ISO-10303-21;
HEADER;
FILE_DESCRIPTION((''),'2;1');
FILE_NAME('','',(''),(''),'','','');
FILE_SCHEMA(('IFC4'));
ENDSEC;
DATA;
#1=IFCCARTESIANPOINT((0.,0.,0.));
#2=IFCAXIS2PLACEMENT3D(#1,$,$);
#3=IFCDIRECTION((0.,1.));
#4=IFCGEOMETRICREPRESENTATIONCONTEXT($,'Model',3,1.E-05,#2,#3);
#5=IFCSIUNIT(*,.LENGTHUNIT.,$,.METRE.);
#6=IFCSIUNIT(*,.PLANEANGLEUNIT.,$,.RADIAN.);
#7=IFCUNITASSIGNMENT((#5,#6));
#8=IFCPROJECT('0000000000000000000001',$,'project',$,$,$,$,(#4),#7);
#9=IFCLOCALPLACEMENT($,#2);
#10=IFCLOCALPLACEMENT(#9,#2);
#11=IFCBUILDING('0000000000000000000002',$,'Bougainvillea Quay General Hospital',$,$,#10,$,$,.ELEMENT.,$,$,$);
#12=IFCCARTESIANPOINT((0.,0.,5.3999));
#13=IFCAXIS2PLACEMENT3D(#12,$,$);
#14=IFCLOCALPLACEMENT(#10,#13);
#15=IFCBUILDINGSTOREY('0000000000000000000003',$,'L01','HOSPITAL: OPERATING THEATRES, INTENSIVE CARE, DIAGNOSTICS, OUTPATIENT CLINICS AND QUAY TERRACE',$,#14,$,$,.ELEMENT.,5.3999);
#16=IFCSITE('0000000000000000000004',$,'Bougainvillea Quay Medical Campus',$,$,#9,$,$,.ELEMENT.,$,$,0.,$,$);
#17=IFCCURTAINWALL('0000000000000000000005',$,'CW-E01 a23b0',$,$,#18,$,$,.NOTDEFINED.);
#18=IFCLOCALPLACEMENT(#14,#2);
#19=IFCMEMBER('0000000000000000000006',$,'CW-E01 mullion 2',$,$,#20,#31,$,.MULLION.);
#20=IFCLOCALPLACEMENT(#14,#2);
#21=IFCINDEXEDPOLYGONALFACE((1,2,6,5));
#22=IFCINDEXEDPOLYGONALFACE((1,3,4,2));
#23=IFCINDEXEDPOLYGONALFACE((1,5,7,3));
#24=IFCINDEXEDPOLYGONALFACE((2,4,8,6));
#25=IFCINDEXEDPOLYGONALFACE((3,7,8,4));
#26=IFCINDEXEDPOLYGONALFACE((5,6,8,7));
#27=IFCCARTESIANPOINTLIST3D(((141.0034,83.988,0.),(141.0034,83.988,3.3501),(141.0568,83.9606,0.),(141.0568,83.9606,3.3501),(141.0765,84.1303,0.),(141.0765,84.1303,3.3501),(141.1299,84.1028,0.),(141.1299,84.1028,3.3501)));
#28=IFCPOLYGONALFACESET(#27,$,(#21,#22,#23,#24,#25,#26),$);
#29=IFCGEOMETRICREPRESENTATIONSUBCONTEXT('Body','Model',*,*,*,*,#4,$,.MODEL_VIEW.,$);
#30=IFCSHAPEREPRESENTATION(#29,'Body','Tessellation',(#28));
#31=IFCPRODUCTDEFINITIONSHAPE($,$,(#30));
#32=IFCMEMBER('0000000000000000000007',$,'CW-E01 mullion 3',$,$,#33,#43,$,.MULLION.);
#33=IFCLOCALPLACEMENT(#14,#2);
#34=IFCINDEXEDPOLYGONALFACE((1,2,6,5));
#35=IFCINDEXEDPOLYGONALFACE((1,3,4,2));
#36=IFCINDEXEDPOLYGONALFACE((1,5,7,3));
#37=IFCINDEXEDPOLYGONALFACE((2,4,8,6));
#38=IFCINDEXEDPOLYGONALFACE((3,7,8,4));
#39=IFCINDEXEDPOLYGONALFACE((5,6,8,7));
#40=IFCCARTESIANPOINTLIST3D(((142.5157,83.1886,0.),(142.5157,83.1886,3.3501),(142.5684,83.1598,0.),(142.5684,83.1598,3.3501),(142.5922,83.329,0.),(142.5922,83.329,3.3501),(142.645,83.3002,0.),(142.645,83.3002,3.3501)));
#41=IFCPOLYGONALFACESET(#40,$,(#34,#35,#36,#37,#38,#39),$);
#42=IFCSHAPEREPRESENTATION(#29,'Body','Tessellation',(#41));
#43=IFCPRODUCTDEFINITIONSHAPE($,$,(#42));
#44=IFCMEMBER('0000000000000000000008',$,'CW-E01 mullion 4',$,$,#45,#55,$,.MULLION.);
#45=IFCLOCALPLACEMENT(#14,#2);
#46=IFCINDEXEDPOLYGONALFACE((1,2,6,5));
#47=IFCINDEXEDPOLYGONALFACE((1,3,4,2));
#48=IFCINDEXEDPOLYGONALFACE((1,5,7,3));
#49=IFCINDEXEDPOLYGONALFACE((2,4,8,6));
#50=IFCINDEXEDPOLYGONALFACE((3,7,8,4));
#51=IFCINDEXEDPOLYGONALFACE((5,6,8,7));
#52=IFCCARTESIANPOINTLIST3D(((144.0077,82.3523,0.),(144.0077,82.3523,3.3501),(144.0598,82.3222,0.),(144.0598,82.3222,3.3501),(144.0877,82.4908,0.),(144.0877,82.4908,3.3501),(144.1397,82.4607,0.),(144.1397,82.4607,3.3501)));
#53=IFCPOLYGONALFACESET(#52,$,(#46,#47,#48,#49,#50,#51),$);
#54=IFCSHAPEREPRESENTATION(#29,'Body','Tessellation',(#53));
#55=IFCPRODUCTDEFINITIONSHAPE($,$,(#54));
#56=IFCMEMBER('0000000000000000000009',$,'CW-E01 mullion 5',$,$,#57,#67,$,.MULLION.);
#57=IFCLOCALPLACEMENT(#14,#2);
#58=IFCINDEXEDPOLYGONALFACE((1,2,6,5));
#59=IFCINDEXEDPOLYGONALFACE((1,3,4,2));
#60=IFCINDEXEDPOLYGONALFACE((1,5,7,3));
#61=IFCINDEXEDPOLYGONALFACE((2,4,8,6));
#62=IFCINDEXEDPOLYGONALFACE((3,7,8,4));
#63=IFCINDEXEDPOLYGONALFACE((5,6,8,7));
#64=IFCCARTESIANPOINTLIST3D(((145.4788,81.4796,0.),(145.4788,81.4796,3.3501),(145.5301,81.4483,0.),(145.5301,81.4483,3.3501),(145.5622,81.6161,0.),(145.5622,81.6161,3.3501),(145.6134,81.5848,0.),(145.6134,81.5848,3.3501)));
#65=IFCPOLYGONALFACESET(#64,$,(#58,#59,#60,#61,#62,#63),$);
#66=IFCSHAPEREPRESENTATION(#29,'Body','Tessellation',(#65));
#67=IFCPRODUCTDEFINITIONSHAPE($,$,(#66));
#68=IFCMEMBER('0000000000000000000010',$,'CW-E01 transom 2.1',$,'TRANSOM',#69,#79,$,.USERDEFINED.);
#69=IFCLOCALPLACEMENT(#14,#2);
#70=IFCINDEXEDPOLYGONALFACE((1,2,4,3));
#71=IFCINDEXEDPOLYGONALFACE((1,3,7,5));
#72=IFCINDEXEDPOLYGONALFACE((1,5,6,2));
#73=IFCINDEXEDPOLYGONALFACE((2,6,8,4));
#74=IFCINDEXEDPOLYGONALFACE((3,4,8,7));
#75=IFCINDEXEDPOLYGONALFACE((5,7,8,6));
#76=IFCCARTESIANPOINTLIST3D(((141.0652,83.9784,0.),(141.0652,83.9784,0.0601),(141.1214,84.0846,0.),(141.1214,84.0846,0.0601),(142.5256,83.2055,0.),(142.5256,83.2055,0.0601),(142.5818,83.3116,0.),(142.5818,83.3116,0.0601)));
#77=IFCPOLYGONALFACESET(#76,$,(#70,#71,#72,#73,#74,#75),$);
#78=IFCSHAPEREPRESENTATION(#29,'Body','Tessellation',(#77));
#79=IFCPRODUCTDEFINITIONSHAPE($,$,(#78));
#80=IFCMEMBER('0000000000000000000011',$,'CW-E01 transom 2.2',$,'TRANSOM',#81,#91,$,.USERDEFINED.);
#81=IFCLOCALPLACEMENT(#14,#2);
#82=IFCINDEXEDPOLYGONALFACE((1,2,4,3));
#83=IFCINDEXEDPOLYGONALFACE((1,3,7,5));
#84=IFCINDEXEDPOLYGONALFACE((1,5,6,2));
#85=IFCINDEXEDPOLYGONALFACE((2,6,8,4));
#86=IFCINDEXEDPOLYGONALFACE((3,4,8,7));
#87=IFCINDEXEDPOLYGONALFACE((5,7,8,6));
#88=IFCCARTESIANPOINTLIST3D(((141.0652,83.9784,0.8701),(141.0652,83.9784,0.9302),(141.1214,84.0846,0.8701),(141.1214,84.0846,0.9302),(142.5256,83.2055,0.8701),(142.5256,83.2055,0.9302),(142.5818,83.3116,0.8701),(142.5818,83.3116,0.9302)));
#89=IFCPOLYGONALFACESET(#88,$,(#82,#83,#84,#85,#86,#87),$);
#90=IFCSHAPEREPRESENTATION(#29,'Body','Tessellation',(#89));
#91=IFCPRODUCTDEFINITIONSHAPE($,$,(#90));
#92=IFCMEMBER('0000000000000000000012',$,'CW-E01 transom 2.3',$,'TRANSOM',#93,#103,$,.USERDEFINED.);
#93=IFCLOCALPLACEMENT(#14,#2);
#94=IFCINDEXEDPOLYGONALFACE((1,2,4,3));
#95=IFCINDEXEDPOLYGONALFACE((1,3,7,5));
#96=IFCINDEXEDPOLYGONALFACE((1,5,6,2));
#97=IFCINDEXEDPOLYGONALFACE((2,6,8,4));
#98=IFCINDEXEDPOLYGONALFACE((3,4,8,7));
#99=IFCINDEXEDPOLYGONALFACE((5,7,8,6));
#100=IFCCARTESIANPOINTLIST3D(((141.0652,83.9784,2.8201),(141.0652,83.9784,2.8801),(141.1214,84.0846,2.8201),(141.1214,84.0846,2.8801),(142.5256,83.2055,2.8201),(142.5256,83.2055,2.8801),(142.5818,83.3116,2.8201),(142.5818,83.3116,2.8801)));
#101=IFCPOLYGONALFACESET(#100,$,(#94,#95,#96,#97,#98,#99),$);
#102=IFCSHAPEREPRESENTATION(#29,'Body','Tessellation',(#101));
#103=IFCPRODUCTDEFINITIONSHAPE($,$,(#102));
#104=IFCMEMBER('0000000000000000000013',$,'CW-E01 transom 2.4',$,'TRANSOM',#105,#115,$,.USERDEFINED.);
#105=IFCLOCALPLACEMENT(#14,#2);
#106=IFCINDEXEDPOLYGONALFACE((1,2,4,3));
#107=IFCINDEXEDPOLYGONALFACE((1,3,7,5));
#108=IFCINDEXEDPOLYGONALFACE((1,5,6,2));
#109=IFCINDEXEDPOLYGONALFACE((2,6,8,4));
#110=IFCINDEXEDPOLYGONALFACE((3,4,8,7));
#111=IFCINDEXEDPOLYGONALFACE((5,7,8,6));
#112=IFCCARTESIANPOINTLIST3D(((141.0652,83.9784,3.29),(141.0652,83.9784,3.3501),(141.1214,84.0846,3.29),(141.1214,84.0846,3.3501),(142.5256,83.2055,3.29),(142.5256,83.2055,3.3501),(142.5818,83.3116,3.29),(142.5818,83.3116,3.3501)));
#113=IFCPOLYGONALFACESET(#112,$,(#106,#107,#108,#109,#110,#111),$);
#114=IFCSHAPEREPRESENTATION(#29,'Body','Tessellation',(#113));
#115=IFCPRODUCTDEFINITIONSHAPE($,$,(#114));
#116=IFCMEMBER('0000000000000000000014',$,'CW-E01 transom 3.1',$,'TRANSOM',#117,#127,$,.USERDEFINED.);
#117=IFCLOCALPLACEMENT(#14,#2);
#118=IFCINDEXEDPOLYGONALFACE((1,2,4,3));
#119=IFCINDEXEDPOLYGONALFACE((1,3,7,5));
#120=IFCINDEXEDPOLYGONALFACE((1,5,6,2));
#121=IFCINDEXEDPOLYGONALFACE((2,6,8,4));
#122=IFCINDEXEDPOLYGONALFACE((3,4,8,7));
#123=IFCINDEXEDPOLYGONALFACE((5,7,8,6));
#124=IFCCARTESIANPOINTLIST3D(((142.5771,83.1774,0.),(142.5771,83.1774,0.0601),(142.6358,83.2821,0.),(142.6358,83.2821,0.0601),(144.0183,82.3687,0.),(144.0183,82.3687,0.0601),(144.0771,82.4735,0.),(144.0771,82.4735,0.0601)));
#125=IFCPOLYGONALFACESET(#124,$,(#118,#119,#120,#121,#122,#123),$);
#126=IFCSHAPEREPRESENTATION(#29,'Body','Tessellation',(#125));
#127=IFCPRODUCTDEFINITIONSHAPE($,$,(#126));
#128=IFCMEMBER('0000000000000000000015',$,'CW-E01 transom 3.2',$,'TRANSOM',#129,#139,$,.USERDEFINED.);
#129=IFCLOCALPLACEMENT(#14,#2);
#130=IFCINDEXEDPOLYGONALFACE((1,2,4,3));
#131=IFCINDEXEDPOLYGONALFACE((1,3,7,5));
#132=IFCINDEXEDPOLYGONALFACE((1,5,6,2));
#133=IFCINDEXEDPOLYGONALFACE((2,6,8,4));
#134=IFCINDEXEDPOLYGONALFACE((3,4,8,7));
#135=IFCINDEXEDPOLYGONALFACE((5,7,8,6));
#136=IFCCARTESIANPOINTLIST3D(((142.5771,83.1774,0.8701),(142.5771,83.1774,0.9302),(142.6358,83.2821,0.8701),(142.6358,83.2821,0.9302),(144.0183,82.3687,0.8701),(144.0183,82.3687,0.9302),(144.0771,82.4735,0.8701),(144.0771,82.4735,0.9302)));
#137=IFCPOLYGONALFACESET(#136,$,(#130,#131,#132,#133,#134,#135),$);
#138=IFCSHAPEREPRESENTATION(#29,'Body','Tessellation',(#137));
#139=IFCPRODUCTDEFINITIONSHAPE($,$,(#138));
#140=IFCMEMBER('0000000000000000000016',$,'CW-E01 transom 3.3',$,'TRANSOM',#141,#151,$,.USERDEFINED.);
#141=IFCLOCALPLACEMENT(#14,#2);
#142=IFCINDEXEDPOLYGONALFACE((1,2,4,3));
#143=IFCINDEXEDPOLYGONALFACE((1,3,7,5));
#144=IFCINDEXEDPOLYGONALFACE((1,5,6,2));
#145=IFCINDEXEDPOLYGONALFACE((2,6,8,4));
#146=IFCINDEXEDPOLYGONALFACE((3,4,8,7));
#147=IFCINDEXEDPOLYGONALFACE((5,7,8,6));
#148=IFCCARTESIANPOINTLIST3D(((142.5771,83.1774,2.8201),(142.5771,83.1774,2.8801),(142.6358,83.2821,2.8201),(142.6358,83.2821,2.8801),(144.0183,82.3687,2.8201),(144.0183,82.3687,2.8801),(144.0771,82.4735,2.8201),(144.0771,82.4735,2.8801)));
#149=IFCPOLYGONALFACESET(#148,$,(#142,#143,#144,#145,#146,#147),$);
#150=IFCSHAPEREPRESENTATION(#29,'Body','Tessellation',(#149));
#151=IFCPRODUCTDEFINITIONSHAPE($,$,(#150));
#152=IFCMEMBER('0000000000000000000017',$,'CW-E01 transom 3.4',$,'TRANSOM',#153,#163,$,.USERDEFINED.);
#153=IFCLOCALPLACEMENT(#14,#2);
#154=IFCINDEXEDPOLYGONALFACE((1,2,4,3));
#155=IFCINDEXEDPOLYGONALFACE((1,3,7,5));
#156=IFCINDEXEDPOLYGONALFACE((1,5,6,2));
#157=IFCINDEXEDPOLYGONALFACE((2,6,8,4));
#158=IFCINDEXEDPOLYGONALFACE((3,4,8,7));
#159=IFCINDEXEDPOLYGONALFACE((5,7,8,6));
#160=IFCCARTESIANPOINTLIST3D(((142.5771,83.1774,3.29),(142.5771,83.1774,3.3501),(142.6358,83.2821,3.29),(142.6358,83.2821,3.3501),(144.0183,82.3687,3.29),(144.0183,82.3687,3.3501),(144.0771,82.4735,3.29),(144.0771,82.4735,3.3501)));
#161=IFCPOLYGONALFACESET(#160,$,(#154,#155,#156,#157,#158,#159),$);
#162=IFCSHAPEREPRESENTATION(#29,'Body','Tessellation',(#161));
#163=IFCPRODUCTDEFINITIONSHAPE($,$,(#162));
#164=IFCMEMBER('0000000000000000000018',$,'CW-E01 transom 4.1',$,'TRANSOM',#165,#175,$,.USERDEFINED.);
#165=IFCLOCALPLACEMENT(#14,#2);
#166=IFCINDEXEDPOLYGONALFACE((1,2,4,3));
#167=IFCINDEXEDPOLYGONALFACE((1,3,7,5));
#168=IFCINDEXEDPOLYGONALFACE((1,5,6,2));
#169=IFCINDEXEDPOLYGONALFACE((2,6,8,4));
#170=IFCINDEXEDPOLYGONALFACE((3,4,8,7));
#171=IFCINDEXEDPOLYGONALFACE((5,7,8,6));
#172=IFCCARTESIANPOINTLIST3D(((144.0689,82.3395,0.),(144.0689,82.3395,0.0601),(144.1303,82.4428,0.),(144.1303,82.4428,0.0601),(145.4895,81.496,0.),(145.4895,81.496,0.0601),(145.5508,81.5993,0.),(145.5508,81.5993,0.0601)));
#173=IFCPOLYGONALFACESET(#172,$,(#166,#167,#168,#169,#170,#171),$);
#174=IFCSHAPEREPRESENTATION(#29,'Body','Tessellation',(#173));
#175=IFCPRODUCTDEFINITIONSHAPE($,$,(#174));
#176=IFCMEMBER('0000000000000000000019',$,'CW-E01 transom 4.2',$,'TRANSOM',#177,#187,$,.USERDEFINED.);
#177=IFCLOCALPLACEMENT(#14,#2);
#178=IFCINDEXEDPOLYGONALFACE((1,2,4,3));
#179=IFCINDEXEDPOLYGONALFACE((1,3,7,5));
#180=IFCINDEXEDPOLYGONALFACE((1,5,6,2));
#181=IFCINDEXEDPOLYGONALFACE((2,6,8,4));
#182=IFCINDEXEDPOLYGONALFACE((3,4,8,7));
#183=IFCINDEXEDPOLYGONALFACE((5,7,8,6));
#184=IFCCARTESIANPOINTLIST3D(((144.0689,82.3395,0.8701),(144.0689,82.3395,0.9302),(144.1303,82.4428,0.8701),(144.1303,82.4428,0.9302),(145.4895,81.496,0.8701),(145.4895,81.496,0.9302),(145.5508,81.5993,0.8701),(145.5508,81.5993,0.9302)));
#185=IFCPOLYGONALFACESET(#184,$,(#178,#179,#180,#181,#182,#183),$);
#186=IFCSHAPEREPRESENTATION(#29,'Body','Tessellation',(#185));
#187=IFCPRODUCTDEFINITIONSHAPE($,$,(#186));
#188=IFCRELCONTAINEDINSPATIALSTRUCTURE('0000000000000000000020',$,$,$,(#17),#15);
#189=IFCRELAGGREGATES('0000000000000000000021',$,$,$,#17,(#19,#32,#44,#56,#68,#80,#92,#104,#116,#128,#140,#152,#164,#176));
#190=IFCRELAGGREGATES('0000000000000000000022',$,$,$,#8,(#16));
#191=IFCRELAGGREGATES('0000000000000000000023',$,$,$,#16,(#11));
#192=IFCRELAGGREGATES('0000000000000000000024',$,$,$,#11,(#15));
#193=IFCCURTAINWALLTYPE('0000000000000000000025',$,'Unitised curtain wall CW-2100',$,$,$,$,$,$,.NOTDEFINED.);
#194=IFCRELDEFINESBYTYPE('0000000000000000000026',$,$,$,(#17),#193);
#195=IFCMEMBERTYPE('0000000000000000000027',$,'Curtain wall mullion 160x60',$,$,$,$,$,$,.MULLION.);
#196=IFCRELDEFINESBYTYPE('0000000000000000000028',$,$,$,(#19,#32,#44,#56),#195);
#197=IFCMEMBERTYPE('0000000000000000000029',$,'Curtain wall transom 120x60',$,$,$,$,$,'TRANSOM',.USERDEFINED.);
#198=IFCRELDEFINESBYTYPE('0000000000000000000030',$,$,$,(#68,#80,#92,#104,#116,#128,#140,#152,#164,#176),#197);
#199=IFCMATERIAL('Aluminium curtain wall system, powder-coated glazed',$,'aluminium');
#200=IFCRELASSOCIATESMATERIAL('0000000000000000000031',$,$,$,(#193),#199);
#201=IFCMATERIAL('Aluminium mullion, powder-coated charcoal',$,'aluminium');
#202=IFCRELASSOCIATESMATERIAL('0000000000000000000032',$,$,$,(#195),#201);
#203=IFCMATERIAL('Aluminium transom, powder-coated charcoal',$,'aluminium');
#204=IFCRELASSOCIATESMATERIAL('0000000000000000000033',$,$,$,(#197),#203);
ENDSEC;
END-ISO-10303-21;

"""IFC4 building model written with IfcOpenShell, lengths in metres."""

from ifc_helpers import new_model, si_unit, direction, frame, origin, origin_2d, place, context, subcontext, project, spatial, rectangle, extrude, material, material_profile, profile_set, type_object, element, aggregate, save


model = new_model("IFC4")

# Units and contexts
model_context = context("Model", 3, precision=1e-05, world=origin(), true_north=direction((0.0, 1.0)))
body_context = subcontext(model_context, "Body", "Model", "MODEL_VIEW")
ifc_project = project(units=[si_unit("LENGTHUNIT", "METRE"), si_unit("PLANEANGLEUNIT", "RADIAN")], contexts=[model_context])

# Site, building, storey
site_placement = place(None, origin())
site = spatial("IfcSite", under=ifc_project, at=site_placement, Name="Bougainvillea Quay Medical Campus", CompositionType="ELEMENT", RefElevation=0.0)
building_placement = place(site_placement, origin())
building = spatial("IfcBuilding", under=site, at=building_placement, Name="Bougainvillea Quay General Hospital", CompositionType="ELEMENT")
storey_placement = place(building_placement, frame((0.0, 0.0, 5.3999)))
storey = spatial("IfcBuildingStorey", under=building, at=storey_placement, Name="L01", Description="HOSPITAL: OPERATING THEATRES, INTENSIVE CARE, DIAGNOSTICS, OUTPATIENT CLINICS AND QUAY TERRACE", CompositionType="ELEMENT", Elevation=5.3999)

# Curtain wall, members
ifc_material_1 = material(Name="Aluminium curtain wall system, powder-coated glazed", Category="aluminium")
curtain_wall_type = type_object("IfcCurtainWallType", Name="Unitised curtain wall CW-2100", PredefinedType="NOTDEFINED", material=ifc_material_1)
curtain_wall_placement = place(storey_placement, origin())
curtain_wall = element("IfcCurtainWall", 1, at=curtain_wall_placement, inside=storey, type_object=curtain_wall_type, Name="CW-E01 a23b0", PredefinedType="NOTDEFINED")
ifc_material_2 = material(Name="Aluminium mullion, powder-coated charcoal", Category="aluminium")
ifc_material_profile_1 = material_profile(ifc_material_2, rectangle(XDim=0.1599, YDim=0.0601, at=origin_2d()))
ifc_profile_set_1 = profile_set([ifc_material_profile_1], Name="Aluminium mullion, powder-coated charcoal")
member_type_1 = type_object("IfcMemberType", Name="Curtain wall mullion 160x60", PredefinedType="MULLION", material=ifc_profile_set_1)
member_1_placement = place(storey_placement, frame((141.0667, 84.0454, 0.0), z_axis=(0.0, 0.0, 1.0), x_axis=(0.456868, 0.889535, 0.0)))
member_1 = element("IfcMember", 2, at=member_1_placement, type_object=member_type_1, Name="CW-E01 mullion 2", PredefinedType="MULLION", context=body_context, shape_type="SweptSolid", body=[
    extrude(rectangle(XDim=0.1599, YDim=0.0601, at=origin_2d()), origin(), (0.0, 0.0, 1.0), 3.3501),
])
member_2_placement = place(storey_placement, frame((142.5803, 83.2444, 0.0), z_axis=(0.0, 0.0, 1.0), x_axis=(0.478567, 0.878051, 0.0)))
member_2 = element("IfcMember", 3, at=member_2_placement, type_object=member_type_1, Name="CW-E01 mullion 3", PredefinedType="MULLION", context=body_context, shape_type="SweptSolid", body=[
    extrude(rectangle(XDim=0.1599, YDim=0.0601, at=origin_2d()), origin(), (0.0, 0.0, 1.0), 3.3501),
])
member_3_placement = place(storey_placement, frame((144.0737, 82.4065, 0.0), z_axis=(0.0, 0.0, 1.0), x_axis=(0.499979, 0.866038, 0.0)))
member_3 = element("IfcMember", 4, at=member_3_placement, type_object=member_type_1, Name="CW-E01 mullion 4", PredefinedType="MULLION", context=body_context, shape_type="SweptSolid", body=[
    extrude(rectangle(XDim=0.1599, YDim=0.0601, at=origin_2d()), origin(), (0.0, 0.0, 1.0), 3.3501),
])
member_4_placement = place(storey_placement, frame((145.5461, 81.5322, 0.0), z_axis=(0.0, 0.0, 1.0), x_axis=(0.521088, 0.853503, 0.0)))
member_4 = element("IfcMember", 5, at=member_4_placement, type_object=member_type_1, Name="CW-E01 mullion 5", PredefinedType="MULLION", context=body_context, shape_type="SweptSolid", body=[
    extrude(rectangle(XDim=0.1599, YDim=0.0601, at=origin_2d()), origin(), (0.0, 0.0, 1.0), 3.3501),
])
ifc_material_3 = material(Name="Aluminium transom, powder-coated charcoal", Category="aluminium")
ifc_material_profile_2 = material_profile(ifc_material_3, rectangle(XDim=0.1201, YDim=0.0601, at=origin_2d()))
ifc_profile_set_2 = profile_set([ifc_material_profile_2], Name="Aluminium transom, powder-coated charcoal")
member_type_2 = type_object("IfcMemberType", Name="Curtain wall transom 120x60", ElementType="TRANSOM", PredefinedType="USERDEFINED", material=ifc_profile_set_2)
member_5_placement = place(storey_placement, frame((141.0933, 84.0315, 0.03), z_axis=(0.883845, -0.467779, 0.0), x_axis=(0.467779, 0.883845, 0.0)))
member_5 = element("IfcMember", 6, at=member_5_placement, type_object=member_type_2, Name="CW-E01 transom 2.1", ObjectType="TRANSOM", PredefinedType="USERDEFINED", context=body_context, shape_type="SweptSolid", body=[
    extrude(rectangle(XDim=0.1201, YDim=0.0601, at=origin_2d()), origin(), (0.0, 0.0, 1.0), 1.6523),
])
member_6_placement = place(storey_placement, frame((141.0933, 84.0315, 0.9001), z_axis=(0.883845, -0.467779, 0.0), x_axis=(0.467779, 0.883845, 0.0)))
member_6 = element("IfcMember", 7, at=member_6_placement, type_object=member_type_2, Name="CW-E01 transom 2.2", ObjectType="TRANSOM", PredefinedType="USERDEFINED", context=body_context, shape_type="SweptSolid", body=[
    extrude(rectangle(XDim=0.1201, YDim=0.0601, at=origin_2d()), origin(), (0.0, 0.0, 1.0), 1.6523),
])
member_7_placement = place(storey_placement, frame((141.0933, 84.0315, 2.8501), z_axis=(0.883845, -0.467779, 0.0), x_axis=(0.467779, 0.883845, 0.0)))
member_7 = element("IfcMember", 8, at=member_7_placement, type_object=member_type_2, Name="CW-E01 transom 2.3", ObjectType="TRANSOM", PredefinedType="USERDEFINED", context=body_context, shape_type="SweptSolid", body=[
    extrude(rectangle(XDim=0.1201, YDim=0.0601, at=origin_2d()), origin(), (0.0, 0.0, 1.0), 1.6523),
])
member_8_placement = place(storey_placement, frame((141.0933, 84.0315, 3.3201), z_axis=(0.883845, -0.467779, 0.0), x_axis=(0.467779, 0.883845, 0.0)))
member_8 = element("IfcMember", 9, at=member_8_placement, type_object=member_type_2, Name="CW-E01 transom 2.4", ObjectType="TRANSOM", PredefinedType="USERDEFINED", context=body_context, shape_type="SweptSolid", body=[
    extrude(rectangle(XDim=0.1201, YDim=0.0601, at=origin_2d()), origin(), (0.0, 0.0, 1.0), 1.6523),
])
member_9_placement = place(storey_placement, frame((142.6064, 83.2297, 0.03), z_axis=(0.872108, -0.489314, 0.0), x_axis=(0.489314, 0.872108, 0.0)))
member_9 = element("IfcMember", 10, at=member_9_placement, type_object=member_type_2, Name="CW-E01 transom 3.1", ObjectType="TRANSOM", PredefinedType="USERDEFINED", context=body_context, shape_type="SweptSolid", body=[
    extrude(rectangle(XDim=0.1201, YDim=0.0601, at=origin_2d()), origin(), (0.0, 0.0, 1.0), 1.6526),
])
member_10_placement = place(storey_placement, frame((142.6064, 83.2297, 0.9001), z_axis=(0.872108, -0.489314, 0.0), x_axis=(0.489314, 0.872108, 0.0)))
member_10 = element("IfcMember", 11, at=member_10_placement, type_object=member_type_2, Name="CW-E01 transom 3.2", ObjectType="TRANSOM", PredefinedType="USERDEFINED", context=body_context, shape_type="SweptSolid", body=[
    extrude(rectangle(XDim=0.1201, YDim=0.0601, at=origin_2d()), origin(), (0.0, 0.0, 1.0), 1.6526),
])
member_11_placement = place(storey_placement, frame((142.6064, 83.2297, 2.8501), z_axis=(0.872108, -0.489314, 0.0), x_axis=(0.489314, 0.872108, 0.0)))
member_11 = element("IfcMember", 12, at=member_11_placement, type_object=member_type_2, Name="CW-E01 transom 3.3", ObjectType="TRANSOM", PredefinedType="USERDEFINED", context=body_context, shape_type="SweptSolid", body=[
    extrude(rectangle(XDim=0.1201, YDim=0.0601, at=origin_2d()), origin(), (0.0, 0.0, 1.0), 1.6526),
])
member_12_placement = place(storey_placement, frame((142.6064, 83.2297, 3.3201), z_axis=(0.872108, -0.489314, 0.0), x_axis=(0.489314, 0.872108, 0.0)))
member_12 = element("IfcMember", 13, at=member_12_placement, type_object=member_type_2, Name="CW-E01 transom 3.4", ObjectType="TRANSOM", PredefinedType="USERDEFINED", context=body_context, shape_type="SweptSolid", body=[
    extrude(rectangle(XDim=0.1201, YDim=0.0601, at=origin_2d()), origin(), (0.0, 0.0, 1.0), 1.6526),
])
member_13_placement = place(storey_placement, frame((144.0996, 82.3911, 0.03), z_axis=(0.859857, -0.510535, 0.0), x_axis=(0.510535, 0.859857, 0.0)))
member_13 = element("IfcMember", 14, at=member_13_placement, type_object=member_type_2, Name="CW-E01 transom 4.1", ObjectType="TRANSOM", PredefinedType="USERDEFINED", context=body_context, shape_type="SweptSolid", body=[
    extrude(rectangle(XDim=0.1201, YDim=0.0601, at=origin_2d()), origin(), (0.0, 0.0, 1.0), 1.6521),
])
member_14_placement = place(storey_placement, frame((144.0996, 82.3911, 0.9001), z_axis=(0.859857, -0.510535, 0.0), x_axis=(0.510535, 0.859857, 0.0)))
member_14 = element("IfcMember", 15, at=member_14_placement, type_object=member_type_2, Name="CW-E01 transom 4.2", ObjectType="TRANSOM", PredefinedType="USERDEFINED", context=body_context, shape_type="SweptSolid", body=[
    extrude(rectangle(XDim=0.1201, YDim=0.0601, at=origin_2d()), origin(), (0.0, 0.0, 1.0), 1.6521),
])
aggregate(curtain_wall, [member_1, member_2, member_3, member_4, member_5, member_6, member_7, member_8, member_9, member_10, member_11, member_12, member_13, member_14])

save(model, "model.ifc")
